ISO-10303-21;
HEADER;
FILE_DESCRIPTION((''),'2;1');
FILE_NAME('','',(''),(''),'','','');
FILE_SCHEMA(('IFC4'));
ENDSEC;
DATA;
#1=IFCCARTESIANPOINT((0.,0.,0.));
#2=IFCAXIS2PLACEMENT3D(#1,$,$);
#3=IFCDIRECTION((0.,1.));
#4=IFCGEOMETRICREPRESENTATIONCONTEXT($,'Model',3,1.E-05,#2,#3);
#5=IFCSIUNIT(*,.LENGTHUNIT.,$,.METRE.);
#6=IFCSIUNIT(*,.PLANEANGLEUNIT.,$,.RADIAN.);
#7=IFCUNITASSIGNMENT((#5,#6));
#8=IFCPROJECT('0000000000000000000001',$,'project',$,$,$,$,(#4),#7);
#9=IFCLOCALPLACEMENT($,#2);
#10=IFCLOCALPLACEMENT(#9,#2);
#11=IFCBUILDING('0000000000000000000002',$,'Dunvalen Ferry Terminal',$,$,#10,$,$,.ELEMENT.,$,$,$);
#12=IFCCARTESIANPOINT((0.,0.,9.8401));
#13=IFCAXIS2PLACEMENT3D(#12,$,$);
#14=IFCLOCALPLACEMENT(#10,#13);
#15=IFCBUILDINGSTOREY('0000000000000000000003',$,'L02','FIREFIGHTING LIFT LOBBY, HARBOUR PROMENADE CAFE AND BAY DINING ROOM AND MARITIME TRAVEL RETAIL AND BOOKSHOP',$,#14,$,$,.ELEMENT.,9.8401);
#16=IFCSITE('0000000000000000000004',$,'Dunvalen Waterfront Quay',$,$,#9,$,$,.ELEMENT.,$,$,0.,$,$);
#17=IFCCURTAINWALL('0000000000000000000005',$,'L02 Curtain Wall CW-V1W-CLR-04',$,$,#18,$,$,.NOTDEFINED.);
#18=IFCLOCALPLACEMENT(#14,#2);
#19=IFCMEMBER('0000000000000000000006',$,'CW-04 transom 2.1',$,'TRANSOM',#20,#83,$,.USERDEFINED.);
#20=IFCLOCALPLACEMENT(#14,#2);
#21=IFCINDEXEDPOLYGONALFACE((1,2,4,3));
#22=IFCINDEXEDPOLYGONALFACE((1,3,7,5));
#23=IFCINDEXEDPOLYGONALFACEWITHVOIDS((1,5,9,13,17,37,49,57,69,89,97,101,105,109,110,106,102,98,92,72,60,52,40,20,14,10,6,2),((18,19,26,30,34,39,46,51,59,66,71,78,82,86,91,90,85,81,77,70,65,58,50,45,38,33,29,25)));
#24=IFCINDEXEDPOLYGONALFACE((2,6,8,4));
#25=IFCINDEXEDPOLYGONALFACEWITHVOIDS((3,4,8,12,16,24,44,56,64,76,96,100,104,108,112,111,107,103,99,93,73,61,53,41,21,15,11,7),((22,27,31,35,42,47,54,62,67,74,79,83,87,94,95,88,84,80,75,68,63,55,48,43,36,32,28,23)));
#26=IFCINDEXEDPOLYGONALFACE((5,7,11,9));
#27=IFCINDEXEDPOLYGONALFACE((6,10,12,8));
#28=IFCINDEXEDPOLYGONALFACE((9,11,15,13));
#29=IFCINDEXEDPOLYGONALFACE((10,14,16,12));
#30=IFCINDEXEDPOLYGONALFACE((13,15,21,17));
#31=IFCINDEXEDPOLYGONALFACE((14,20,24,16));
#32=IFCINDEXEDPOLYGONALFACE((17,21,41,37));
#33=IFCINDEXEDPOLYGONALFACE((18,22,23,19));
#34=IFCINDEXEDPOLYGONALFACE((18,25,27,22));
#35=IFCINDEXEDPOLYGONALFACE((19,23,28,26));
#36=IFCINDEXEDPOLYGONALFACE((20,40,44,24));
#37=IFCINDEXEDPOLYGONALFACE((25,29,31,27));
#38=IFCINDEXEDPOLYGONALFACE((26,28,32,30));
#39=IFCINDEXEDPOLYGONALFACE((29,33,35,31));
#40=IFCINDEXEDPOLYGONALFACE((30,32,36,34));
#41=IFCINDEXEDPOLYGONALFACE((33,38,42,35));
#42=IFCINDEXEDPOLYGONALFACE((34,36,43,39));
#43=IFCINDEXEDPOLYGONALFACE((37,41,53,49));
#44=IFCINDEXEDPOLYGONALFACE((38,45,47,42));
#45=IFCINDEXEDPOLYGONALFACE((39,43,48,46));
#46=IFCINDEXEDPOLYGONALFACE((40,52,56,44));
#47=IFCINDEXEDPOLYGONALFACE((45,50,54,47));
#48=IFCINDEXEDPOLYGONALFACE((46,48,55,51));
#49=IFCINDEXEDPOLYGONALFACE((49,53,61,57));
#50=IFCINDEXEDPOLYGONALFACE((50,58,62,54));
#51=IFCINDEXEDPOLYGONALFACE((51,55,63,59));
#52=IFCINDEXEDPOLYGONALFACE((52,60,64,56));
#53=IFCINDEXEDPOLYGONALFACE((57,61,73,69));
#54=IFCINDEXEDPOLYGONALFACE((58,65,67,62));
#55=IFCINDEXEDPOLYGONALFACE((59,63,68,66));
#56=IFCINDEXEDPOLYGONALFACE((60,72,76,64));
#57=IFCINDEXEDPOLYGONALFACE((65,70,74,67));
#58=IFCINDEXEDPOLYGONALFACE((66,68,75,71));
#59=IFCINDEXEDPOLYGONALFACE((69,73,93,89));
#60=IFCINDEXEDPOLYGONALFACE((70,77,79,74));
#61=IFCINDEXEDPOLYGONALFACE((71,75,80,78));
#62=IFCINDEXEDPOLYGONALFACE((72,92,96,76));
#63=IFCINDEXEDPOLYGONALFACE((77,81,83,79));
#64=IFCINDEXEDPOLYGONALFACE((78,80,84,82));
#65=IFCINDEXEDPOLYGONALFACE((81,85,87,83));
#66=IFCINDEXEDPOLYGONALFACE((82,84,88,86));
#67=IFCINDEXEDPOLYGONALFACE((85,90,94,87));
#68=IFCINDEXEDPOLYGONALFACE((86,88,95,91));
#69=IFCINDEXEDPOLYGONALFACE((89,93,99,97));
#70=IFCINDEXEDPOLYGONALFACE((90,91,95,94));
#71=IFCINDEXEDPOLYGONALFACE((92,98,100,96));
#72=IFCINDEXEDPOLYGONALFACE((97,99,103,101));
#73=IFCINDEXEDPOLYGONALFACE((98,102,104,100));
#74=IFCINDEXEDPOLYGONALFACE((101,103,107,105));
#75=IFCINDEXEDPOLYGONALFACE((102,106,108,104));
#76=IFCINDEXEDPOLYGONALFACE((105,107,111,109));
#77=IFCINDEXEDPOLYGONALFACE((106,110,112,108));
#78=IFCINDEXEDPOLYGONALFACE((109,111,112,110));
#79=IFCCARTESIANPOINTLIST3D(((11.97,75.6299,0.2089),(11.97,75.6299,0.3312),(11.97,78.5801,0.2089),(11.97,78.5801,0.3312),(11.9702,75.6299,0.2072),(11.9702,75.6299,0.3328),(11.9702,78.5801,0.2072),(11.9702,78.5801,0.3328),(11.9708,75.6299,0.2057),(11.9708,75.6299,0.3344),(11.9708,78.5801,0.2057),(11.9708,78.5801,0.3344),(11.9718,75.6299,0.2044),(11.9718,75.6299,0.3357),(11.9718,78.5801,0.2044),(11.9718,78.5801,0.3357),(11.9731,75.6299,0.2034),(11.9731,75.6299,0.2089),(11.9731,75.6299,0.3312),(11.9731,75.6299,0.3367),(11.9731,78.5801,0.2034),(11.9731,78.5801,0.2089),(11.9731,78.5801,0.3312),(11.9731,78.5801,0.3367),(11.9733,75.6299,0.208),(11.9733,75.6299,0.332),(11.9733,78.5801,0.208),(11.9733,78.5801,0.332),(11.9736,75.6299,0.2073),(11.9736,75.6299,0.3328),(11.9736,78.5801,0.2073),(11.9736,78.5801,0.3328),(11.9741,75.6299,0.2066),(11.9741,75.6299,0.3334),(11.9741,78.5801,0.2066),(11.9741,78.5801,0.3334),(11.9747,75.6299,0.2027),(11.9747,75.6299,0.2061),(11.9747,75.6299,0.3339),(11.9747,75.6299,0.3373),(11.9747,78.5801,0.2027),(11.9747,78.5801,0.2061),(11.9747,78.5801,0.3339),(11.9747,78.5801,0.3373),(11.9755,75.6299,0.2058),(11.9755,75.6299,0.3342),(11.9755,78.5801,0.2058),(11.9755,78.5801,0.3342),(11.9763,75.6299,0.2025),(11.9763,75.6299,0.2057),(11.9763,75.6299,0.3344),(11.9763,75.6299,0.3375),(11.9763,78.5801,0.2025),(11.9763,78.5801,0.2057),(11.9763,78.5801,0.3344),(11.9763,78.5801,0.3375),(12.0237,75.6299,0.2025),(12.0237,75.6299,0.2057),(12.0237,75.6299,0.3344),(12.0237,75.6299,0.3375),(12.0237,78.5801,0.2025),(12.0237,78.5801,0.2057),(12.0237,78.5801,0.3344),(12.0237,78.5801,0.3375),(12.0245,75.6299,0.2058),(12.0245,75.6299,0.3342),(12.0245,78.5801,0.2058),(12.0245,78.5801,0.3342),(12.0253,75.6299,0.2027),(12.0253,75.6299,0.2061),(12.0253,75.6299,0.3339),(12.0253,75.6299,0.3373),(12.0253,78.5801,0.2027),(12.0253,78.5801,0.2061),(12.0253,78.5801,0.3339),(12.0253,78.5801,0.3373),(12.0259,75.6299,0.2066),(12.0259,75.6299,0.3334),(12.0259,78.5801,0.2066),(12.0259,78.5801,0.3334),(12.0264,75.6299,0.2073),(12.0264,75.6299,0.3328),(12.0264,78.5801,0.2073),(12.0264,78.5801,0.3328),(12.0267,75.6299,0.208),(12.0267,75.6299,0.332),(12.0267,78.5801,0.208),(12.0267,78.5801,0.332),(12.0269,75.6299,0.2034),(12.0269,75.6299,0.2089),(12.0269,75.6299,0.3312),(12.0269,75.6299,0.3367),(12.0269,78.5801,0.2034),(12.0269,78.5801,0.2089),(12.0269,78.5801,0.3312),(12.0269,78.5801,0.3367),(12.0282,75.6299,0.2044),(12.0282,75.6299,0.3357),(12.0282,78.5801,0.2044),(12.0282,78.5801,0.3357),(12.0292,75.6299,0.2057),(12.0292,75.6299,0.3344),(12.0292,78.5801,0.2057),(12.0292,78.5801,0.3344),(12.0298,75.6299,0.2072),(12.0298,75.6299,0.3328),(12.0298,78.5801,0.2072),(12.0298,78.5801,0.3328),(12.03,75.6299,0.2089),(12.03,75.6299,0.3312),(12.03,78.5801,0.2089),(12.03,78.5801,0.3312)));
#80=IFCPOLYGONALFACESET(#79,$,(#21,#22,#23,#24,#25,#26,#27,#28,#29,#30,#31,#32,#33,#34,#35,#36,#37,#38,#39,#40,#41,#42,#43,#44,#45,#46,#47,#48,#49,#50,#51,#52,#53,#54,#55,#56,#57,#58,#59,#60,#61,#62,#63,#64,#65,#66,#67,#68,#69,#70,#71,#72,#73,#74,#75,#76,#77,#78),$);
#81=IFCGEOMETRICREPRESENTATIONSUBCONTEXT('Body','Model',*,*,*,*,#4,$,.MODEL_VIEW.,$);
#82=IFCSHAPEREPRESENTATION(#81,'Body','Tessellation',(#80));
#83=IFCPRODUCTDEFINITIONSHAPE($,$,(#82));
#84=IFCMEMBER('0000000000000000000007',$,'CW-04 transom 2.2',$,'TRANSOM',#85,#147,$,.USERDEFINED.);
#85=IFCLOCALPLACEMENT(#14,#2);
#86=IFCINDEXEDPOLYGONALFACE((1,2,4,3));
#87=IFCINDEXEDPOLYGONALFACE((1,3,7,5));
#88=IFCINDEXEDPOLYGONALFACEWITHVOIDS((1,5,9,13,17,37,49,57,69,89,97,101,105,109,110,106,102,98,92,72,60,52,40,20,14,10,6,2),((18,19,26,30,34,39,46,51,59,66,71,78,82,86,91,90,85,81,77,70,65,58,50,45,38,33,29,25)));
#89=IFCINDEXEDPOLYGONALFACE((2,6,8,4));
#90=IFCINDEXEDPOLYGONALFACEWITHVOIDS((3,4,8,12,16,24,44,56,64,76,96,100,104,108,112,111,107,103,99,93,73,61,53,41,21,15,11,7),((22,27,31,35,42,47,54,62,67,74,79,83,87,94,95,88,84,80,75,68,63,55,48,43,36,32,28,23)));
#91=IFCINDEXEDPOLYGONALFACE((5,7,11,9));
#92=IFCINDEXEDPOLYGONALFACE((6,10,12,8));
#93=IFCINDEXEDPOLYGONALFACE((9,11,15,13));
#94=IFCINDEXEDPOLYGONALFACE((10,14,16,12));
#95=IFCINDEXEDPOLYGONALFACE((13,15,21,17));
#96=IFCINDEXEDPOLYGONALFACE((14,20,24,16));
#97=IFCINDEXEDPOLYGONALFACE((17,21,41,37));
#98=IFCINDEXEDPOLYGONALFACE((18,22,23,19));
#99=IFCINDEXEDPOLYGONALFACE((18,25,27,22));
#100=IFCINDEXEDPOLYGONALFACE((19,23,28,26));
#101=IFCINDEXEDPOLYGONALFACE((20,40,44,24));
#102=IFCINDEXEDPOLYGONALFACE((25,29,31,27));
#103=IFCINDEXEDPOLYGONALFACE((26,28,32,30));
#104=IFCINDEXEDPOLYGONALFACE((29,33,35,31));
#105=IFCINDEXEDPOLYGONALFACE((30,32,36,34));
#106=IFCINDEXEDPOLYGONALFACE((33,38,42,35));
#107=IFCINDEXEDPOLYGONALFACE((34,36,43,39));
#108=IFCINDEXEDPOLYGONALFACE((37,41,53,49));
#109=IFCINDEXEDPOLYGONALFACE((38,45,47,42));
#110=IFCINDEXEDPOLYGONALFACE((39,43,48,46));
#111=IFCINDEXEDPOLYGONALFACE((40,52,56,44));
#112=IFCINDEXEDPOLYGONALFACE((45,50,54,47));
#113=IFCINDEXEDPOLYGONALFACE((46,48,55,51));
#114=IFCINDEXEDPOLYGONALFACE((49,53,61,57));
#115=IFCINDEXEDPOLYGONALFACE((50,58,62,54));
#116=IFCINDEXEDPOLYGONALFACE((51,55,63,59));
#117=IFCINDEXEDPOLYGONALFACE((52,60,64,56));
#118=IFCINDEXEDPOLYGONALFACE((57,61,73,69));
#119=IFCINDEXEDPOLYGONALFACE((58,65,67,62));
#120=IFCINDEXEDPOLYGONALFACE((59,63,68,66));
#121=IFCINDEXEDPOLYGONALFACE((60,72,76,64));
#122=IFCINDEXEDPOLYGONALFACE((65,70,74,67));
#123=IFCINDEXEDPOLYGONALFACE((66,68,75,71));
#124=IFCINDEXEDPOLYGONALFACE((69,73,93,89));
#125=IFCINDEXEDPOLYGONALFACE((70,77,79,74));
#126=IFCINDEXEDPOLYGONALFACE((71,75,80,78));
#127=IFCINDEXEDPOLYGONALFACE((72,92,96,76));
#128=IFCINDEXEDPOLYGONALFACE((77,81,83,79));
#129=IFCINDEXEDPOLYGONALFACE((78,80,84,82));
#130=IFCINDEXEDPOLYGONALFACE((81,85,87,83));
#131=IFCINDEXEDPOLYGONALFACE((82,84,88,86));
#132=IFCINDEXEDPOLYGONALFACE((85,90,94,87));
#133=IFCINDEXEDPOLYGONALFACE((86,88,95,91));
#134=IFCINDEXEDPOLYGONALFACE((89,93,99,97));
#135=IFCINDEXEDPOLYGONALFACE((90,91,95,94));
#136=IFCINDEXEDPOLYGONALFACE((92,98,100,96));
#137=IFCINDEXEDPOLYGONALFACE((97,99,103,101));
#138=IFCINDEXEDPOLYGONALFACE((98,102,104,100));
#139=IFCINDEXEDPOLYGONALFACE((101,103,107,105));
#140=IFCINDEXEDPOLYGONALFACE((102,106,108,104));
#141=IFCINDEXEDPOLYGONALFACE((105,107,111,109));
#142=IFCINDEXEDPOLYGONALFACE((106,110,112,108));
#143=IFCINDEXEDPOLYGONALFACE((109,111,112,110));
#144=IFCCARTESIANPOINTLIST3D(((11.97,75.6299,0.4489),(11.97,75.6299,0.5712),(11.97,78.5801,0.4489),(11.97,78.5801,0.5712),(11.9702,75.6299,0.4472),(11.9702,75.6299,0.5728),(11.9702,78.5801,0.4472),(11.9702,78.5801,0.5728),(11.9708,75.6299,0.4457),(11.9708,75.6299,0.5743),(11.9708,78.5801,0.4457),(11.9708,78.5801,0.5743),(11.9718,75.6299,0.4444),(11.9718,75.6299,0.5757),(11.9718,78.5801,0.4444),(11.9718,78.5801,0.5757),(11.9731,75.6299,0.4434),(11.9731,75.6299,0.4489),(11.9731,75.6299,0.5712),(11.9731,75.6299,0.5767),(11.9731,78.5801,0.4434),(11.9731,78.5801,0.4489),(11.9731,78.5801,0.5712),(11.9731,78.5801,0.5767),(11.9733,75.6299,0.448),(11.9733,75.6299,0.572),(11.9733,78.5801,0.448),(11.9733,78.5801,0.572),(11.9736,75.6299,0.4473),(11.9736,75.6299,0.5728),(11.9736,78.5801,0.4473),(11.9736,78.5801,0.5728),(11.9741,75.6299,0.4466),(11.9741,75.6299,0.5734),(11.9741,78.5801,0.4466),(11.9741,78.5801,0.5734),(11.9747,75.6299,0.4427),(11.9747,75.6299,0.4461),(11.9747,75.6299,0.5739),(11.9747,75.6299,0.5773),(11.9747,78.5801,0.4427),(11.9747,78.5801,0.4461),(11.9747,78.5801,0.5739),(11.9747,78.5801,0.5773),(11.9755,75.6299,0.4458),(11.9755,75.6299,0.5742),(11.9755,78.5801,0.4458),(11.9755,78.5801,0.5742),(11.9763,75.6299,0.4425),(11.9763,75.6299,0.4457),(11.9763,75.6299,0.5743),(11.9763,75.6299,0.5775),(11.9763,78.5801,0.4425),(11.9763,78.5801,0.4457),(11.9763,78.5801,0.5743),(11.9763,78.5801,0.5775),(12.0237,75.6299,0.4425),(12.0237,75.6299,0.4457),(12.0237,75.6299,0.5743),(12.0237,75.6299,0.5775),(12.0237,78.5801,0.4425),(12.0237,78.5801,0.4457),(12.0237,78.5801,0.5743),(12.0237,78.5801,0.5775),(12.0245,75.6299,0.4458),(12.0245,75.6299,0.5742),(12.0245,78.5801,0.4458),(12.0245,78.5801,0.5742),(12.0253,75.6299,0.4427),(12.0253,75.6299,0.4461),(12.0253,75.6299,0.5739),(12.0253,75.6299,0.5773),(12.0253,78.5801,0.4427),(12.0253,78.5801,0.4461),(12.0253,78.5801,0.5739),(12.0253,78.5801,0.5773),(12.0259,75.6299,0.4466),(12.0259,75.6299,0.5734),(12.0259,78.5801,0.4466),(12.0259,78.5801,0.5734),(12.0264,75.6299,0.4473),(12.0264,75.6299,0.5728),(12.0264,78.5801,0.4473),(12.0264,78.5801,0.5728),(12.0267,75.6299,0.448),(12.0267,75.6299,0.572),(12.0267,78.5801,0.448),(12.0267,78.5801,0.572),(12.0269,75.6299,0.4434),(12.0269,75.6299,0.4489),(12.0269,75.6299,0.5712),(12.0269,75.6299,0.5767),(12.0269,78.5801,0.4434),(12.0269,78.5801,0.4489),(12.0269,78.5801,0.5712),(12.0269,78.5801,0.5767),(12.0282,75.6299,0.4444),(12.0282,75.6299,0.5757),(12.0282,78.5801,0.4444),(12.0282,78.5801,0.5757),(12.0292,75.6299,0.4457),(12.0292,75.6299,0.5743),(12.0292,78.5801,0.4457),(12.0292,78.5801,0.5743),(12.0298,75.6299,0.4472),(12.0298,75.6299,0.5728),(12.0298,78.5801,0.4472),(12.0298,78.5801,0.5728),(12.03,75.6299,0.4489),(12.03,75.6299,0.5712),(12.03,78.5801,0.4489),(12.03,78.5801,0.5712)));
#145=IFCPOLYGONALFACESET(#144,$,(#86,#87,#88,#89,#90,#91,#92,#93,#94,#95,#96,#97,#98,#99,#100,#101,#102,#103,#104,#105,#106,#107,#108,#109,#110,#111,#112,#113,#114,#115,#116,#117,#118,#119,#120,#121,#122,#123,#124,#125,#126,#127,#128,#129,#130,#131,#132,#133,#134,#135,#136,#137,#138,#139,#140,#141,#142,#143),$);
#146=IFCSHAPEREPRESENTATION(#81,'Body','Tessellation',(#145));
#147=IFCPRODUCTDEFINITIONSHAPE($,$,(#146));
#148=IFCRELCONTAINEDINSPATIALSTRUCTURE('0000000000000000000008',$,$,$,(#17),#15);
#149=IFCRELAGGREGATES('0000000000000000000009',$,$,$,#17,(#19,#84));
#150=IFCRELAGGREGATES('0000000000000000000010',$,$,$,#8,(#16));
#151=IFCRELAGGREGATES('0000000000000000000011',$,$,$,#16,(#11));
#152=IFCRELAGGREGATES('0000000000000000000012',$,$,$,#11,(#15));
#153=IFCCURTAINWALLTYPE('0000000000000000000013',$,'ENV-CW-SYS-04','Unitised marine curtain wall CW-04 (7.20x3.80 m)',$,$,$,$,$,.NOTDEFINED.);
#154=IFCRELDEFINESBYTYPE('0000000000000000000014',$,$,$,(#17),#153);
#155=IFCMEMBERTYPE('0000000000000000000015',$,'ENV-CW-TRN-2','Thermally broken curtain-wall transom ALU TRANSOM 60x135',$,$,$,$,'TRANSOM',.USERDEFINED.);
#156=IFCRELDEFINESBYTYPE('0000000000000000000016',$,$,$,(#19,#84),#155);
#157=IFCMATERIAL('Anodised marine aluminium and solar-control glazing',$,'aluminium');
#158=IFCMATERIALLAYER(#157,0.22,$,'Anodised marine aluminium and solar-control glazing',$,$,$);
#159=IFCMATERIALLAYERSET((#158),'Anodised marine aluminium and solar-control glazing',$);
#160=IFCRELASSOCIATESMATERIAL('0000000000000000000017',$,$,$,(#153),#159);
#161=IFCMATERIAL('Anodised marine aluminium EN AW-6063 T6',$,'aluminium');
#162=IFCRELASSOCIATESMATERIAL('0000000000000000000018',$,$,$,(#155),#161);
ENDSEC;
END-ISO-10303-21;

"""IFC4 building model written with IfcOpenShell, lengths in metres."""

from ifc_helpers import new_model, si_unit, direction, frame, origin, origin_2d, place, context, subcontext, project, spatial, hollow_rectangle, extrude, material, layer, layer_set, material_profile, profile_set, type_object, element, aggregate, save


model = new_model("IFC4")

# Units and contexts
model_context = context("Model", 3, precision=1e-05, world=origin(), true_north=direction((0.0, 1.0)))
body_context = subcontext(model_context, "Body", "Model", "MODEL_VIEW")
ifc_project = project(units=[si_unit("LENGTHUNIT", "METRE"), si_unit("PLANEANGLEUNIT", "RADIAN")], contexts=[model_context])

# Site, building, storey
site_placement = place(None, origin())
site = spatial("IfcSite", under=ifc_project, at=site_placement, Name="Dunvalen Waterfront Quay", CompositionType="ELEMENT", RefElevation=0.0)
building_placement = place(site_placement, origin())
building = spatial("IfcBuilding", under=site, at=building_placement, Name="Dunvalen Ferry Terminal", CompositionType="ELEMENT")
storey_placement = place(building_placement, frame((0.0, 0.0, 9.8401)))
storey = spatial("IfcBuildingStorey", under=building, at=storey_placement, Name="L02", Description="FIREFIGHTING LIFT LOBBY, HARBOUR PROMENADE CAFE AND BAY DINING ROOM AND MARITIME TRAVEL RETAIL AND BOOKSHOP", CompositionType="ELEMENT", Elevation=9.8401)

# Curtain wall
ifc_material_1 = material(Name="Anodised marine aluminium and solar-control glazing", Category="aluminium")
ifc_layer_1 = layer(ifc_material_1, 0.22, Name="Anodised marine aluminium and solar-control glazing")
ifc_layer_set_1 = layer_set([ifc_layer_1], Name="Anodised marine aluminium and solar-control glazing")
curtain_wall_type = type_object("IfcCurtainWallType", Name="ENV-CW-SYS-04", Description="Unitised marine curtain wall CW-04 (7.20x3.80 m)", PredefinedType="NOTDEFINED", material=ifc_layer_set_1)
curtain_wall_1_placement = place(storey_placement, origin())
curtain_wall_1 = element("IfcCurtainWall", 1, at=curtain_wall_1_placement, inside=storey, type_object=curtain_wall_type, Name="L02 Curtain Wall CW-V1W-CLR-04", PredefinedType="NOTDEFINED")
ifc_material_2 = material(Name="Anodised marine aluminium EN AW-6063 T6", Category="aluminium")

# Members
ifc_material_profile_1 = material_profile(ifc_material_2, hollow_rectangle(XDim=0.0601, YDim=0.135, WallThickness=0.0032, InnerFilletRadius=0.0032, OuterFilletRadius=0.0063, at=origin_2d()), Name="Anodised marine aluminium EN AW-6063 T6")
ifc_profile_set_1 = profile_set([ifc_material_profile_1], Name="Anodised marine aluminium EN AW-6063 T6")
member_type_1 = type_object("IfcMemberType", Name="ENV-CW-TRN-2", Description="Thermally broken curtain-wall transom ALU TRANSOM 60x135", ElementType="TRANSOM", PredefinedType="USERDEFINED", material=ifc_profile_set_1)
member_1_placement = place(storey_placement, frame((12.0, 75.6299, 0.27), z_axis=(0.0, 1.0, 0.0), x_axis=(-1.0, 0.0, 0.0)))
member_1 = element("IfcMember", 2, at=member_1_placement, type_object=member_type_1, Name="CW-04 transom 2.1", ObjectType="TRANSOM", PredefinedType="USERDEFINED", context=body_context, shape_type="SweptSolid", body=[
    extrude(hollow_rectangle(XDim=0.0601, YDim=0.135, WallThickness=0.0032, InnerFilletRadius=0.0032, OuterFilletRadius=0.0063, at=origin_2d()), origin(), (0.0, 0.0, 1.0), 2.9502),
])
member_2_placement = place(storey_placement, frame((12.0, 75.6299, 0.51), z_axis=(0.0, 1.0, 0.0), x_axis=(-1.0, 0.0, 0.0)))
member_2 = element("IfcMember", 3, at=member_2_placement, type_object=member_type_1, Name="CW-04 transom 2.2", ObjectType="TRANSOM", PredefinedType="USERDEFINED", context=body_context, shape_type="SweptSolid", body=[
    extrude(hollow_rectangle(XDim=0.0601, YDim=0.135, WallThickness=0.0032, InnerFilletRadius=0.0032, OuterFilletRadius=0.0063, at=origin_2d()), origin(), (0.0, 0.0, 1.0), 2.9502),
])

aggregate(curtain_wall_1, [member_1, member_2])

save(model, "model.ifc")
